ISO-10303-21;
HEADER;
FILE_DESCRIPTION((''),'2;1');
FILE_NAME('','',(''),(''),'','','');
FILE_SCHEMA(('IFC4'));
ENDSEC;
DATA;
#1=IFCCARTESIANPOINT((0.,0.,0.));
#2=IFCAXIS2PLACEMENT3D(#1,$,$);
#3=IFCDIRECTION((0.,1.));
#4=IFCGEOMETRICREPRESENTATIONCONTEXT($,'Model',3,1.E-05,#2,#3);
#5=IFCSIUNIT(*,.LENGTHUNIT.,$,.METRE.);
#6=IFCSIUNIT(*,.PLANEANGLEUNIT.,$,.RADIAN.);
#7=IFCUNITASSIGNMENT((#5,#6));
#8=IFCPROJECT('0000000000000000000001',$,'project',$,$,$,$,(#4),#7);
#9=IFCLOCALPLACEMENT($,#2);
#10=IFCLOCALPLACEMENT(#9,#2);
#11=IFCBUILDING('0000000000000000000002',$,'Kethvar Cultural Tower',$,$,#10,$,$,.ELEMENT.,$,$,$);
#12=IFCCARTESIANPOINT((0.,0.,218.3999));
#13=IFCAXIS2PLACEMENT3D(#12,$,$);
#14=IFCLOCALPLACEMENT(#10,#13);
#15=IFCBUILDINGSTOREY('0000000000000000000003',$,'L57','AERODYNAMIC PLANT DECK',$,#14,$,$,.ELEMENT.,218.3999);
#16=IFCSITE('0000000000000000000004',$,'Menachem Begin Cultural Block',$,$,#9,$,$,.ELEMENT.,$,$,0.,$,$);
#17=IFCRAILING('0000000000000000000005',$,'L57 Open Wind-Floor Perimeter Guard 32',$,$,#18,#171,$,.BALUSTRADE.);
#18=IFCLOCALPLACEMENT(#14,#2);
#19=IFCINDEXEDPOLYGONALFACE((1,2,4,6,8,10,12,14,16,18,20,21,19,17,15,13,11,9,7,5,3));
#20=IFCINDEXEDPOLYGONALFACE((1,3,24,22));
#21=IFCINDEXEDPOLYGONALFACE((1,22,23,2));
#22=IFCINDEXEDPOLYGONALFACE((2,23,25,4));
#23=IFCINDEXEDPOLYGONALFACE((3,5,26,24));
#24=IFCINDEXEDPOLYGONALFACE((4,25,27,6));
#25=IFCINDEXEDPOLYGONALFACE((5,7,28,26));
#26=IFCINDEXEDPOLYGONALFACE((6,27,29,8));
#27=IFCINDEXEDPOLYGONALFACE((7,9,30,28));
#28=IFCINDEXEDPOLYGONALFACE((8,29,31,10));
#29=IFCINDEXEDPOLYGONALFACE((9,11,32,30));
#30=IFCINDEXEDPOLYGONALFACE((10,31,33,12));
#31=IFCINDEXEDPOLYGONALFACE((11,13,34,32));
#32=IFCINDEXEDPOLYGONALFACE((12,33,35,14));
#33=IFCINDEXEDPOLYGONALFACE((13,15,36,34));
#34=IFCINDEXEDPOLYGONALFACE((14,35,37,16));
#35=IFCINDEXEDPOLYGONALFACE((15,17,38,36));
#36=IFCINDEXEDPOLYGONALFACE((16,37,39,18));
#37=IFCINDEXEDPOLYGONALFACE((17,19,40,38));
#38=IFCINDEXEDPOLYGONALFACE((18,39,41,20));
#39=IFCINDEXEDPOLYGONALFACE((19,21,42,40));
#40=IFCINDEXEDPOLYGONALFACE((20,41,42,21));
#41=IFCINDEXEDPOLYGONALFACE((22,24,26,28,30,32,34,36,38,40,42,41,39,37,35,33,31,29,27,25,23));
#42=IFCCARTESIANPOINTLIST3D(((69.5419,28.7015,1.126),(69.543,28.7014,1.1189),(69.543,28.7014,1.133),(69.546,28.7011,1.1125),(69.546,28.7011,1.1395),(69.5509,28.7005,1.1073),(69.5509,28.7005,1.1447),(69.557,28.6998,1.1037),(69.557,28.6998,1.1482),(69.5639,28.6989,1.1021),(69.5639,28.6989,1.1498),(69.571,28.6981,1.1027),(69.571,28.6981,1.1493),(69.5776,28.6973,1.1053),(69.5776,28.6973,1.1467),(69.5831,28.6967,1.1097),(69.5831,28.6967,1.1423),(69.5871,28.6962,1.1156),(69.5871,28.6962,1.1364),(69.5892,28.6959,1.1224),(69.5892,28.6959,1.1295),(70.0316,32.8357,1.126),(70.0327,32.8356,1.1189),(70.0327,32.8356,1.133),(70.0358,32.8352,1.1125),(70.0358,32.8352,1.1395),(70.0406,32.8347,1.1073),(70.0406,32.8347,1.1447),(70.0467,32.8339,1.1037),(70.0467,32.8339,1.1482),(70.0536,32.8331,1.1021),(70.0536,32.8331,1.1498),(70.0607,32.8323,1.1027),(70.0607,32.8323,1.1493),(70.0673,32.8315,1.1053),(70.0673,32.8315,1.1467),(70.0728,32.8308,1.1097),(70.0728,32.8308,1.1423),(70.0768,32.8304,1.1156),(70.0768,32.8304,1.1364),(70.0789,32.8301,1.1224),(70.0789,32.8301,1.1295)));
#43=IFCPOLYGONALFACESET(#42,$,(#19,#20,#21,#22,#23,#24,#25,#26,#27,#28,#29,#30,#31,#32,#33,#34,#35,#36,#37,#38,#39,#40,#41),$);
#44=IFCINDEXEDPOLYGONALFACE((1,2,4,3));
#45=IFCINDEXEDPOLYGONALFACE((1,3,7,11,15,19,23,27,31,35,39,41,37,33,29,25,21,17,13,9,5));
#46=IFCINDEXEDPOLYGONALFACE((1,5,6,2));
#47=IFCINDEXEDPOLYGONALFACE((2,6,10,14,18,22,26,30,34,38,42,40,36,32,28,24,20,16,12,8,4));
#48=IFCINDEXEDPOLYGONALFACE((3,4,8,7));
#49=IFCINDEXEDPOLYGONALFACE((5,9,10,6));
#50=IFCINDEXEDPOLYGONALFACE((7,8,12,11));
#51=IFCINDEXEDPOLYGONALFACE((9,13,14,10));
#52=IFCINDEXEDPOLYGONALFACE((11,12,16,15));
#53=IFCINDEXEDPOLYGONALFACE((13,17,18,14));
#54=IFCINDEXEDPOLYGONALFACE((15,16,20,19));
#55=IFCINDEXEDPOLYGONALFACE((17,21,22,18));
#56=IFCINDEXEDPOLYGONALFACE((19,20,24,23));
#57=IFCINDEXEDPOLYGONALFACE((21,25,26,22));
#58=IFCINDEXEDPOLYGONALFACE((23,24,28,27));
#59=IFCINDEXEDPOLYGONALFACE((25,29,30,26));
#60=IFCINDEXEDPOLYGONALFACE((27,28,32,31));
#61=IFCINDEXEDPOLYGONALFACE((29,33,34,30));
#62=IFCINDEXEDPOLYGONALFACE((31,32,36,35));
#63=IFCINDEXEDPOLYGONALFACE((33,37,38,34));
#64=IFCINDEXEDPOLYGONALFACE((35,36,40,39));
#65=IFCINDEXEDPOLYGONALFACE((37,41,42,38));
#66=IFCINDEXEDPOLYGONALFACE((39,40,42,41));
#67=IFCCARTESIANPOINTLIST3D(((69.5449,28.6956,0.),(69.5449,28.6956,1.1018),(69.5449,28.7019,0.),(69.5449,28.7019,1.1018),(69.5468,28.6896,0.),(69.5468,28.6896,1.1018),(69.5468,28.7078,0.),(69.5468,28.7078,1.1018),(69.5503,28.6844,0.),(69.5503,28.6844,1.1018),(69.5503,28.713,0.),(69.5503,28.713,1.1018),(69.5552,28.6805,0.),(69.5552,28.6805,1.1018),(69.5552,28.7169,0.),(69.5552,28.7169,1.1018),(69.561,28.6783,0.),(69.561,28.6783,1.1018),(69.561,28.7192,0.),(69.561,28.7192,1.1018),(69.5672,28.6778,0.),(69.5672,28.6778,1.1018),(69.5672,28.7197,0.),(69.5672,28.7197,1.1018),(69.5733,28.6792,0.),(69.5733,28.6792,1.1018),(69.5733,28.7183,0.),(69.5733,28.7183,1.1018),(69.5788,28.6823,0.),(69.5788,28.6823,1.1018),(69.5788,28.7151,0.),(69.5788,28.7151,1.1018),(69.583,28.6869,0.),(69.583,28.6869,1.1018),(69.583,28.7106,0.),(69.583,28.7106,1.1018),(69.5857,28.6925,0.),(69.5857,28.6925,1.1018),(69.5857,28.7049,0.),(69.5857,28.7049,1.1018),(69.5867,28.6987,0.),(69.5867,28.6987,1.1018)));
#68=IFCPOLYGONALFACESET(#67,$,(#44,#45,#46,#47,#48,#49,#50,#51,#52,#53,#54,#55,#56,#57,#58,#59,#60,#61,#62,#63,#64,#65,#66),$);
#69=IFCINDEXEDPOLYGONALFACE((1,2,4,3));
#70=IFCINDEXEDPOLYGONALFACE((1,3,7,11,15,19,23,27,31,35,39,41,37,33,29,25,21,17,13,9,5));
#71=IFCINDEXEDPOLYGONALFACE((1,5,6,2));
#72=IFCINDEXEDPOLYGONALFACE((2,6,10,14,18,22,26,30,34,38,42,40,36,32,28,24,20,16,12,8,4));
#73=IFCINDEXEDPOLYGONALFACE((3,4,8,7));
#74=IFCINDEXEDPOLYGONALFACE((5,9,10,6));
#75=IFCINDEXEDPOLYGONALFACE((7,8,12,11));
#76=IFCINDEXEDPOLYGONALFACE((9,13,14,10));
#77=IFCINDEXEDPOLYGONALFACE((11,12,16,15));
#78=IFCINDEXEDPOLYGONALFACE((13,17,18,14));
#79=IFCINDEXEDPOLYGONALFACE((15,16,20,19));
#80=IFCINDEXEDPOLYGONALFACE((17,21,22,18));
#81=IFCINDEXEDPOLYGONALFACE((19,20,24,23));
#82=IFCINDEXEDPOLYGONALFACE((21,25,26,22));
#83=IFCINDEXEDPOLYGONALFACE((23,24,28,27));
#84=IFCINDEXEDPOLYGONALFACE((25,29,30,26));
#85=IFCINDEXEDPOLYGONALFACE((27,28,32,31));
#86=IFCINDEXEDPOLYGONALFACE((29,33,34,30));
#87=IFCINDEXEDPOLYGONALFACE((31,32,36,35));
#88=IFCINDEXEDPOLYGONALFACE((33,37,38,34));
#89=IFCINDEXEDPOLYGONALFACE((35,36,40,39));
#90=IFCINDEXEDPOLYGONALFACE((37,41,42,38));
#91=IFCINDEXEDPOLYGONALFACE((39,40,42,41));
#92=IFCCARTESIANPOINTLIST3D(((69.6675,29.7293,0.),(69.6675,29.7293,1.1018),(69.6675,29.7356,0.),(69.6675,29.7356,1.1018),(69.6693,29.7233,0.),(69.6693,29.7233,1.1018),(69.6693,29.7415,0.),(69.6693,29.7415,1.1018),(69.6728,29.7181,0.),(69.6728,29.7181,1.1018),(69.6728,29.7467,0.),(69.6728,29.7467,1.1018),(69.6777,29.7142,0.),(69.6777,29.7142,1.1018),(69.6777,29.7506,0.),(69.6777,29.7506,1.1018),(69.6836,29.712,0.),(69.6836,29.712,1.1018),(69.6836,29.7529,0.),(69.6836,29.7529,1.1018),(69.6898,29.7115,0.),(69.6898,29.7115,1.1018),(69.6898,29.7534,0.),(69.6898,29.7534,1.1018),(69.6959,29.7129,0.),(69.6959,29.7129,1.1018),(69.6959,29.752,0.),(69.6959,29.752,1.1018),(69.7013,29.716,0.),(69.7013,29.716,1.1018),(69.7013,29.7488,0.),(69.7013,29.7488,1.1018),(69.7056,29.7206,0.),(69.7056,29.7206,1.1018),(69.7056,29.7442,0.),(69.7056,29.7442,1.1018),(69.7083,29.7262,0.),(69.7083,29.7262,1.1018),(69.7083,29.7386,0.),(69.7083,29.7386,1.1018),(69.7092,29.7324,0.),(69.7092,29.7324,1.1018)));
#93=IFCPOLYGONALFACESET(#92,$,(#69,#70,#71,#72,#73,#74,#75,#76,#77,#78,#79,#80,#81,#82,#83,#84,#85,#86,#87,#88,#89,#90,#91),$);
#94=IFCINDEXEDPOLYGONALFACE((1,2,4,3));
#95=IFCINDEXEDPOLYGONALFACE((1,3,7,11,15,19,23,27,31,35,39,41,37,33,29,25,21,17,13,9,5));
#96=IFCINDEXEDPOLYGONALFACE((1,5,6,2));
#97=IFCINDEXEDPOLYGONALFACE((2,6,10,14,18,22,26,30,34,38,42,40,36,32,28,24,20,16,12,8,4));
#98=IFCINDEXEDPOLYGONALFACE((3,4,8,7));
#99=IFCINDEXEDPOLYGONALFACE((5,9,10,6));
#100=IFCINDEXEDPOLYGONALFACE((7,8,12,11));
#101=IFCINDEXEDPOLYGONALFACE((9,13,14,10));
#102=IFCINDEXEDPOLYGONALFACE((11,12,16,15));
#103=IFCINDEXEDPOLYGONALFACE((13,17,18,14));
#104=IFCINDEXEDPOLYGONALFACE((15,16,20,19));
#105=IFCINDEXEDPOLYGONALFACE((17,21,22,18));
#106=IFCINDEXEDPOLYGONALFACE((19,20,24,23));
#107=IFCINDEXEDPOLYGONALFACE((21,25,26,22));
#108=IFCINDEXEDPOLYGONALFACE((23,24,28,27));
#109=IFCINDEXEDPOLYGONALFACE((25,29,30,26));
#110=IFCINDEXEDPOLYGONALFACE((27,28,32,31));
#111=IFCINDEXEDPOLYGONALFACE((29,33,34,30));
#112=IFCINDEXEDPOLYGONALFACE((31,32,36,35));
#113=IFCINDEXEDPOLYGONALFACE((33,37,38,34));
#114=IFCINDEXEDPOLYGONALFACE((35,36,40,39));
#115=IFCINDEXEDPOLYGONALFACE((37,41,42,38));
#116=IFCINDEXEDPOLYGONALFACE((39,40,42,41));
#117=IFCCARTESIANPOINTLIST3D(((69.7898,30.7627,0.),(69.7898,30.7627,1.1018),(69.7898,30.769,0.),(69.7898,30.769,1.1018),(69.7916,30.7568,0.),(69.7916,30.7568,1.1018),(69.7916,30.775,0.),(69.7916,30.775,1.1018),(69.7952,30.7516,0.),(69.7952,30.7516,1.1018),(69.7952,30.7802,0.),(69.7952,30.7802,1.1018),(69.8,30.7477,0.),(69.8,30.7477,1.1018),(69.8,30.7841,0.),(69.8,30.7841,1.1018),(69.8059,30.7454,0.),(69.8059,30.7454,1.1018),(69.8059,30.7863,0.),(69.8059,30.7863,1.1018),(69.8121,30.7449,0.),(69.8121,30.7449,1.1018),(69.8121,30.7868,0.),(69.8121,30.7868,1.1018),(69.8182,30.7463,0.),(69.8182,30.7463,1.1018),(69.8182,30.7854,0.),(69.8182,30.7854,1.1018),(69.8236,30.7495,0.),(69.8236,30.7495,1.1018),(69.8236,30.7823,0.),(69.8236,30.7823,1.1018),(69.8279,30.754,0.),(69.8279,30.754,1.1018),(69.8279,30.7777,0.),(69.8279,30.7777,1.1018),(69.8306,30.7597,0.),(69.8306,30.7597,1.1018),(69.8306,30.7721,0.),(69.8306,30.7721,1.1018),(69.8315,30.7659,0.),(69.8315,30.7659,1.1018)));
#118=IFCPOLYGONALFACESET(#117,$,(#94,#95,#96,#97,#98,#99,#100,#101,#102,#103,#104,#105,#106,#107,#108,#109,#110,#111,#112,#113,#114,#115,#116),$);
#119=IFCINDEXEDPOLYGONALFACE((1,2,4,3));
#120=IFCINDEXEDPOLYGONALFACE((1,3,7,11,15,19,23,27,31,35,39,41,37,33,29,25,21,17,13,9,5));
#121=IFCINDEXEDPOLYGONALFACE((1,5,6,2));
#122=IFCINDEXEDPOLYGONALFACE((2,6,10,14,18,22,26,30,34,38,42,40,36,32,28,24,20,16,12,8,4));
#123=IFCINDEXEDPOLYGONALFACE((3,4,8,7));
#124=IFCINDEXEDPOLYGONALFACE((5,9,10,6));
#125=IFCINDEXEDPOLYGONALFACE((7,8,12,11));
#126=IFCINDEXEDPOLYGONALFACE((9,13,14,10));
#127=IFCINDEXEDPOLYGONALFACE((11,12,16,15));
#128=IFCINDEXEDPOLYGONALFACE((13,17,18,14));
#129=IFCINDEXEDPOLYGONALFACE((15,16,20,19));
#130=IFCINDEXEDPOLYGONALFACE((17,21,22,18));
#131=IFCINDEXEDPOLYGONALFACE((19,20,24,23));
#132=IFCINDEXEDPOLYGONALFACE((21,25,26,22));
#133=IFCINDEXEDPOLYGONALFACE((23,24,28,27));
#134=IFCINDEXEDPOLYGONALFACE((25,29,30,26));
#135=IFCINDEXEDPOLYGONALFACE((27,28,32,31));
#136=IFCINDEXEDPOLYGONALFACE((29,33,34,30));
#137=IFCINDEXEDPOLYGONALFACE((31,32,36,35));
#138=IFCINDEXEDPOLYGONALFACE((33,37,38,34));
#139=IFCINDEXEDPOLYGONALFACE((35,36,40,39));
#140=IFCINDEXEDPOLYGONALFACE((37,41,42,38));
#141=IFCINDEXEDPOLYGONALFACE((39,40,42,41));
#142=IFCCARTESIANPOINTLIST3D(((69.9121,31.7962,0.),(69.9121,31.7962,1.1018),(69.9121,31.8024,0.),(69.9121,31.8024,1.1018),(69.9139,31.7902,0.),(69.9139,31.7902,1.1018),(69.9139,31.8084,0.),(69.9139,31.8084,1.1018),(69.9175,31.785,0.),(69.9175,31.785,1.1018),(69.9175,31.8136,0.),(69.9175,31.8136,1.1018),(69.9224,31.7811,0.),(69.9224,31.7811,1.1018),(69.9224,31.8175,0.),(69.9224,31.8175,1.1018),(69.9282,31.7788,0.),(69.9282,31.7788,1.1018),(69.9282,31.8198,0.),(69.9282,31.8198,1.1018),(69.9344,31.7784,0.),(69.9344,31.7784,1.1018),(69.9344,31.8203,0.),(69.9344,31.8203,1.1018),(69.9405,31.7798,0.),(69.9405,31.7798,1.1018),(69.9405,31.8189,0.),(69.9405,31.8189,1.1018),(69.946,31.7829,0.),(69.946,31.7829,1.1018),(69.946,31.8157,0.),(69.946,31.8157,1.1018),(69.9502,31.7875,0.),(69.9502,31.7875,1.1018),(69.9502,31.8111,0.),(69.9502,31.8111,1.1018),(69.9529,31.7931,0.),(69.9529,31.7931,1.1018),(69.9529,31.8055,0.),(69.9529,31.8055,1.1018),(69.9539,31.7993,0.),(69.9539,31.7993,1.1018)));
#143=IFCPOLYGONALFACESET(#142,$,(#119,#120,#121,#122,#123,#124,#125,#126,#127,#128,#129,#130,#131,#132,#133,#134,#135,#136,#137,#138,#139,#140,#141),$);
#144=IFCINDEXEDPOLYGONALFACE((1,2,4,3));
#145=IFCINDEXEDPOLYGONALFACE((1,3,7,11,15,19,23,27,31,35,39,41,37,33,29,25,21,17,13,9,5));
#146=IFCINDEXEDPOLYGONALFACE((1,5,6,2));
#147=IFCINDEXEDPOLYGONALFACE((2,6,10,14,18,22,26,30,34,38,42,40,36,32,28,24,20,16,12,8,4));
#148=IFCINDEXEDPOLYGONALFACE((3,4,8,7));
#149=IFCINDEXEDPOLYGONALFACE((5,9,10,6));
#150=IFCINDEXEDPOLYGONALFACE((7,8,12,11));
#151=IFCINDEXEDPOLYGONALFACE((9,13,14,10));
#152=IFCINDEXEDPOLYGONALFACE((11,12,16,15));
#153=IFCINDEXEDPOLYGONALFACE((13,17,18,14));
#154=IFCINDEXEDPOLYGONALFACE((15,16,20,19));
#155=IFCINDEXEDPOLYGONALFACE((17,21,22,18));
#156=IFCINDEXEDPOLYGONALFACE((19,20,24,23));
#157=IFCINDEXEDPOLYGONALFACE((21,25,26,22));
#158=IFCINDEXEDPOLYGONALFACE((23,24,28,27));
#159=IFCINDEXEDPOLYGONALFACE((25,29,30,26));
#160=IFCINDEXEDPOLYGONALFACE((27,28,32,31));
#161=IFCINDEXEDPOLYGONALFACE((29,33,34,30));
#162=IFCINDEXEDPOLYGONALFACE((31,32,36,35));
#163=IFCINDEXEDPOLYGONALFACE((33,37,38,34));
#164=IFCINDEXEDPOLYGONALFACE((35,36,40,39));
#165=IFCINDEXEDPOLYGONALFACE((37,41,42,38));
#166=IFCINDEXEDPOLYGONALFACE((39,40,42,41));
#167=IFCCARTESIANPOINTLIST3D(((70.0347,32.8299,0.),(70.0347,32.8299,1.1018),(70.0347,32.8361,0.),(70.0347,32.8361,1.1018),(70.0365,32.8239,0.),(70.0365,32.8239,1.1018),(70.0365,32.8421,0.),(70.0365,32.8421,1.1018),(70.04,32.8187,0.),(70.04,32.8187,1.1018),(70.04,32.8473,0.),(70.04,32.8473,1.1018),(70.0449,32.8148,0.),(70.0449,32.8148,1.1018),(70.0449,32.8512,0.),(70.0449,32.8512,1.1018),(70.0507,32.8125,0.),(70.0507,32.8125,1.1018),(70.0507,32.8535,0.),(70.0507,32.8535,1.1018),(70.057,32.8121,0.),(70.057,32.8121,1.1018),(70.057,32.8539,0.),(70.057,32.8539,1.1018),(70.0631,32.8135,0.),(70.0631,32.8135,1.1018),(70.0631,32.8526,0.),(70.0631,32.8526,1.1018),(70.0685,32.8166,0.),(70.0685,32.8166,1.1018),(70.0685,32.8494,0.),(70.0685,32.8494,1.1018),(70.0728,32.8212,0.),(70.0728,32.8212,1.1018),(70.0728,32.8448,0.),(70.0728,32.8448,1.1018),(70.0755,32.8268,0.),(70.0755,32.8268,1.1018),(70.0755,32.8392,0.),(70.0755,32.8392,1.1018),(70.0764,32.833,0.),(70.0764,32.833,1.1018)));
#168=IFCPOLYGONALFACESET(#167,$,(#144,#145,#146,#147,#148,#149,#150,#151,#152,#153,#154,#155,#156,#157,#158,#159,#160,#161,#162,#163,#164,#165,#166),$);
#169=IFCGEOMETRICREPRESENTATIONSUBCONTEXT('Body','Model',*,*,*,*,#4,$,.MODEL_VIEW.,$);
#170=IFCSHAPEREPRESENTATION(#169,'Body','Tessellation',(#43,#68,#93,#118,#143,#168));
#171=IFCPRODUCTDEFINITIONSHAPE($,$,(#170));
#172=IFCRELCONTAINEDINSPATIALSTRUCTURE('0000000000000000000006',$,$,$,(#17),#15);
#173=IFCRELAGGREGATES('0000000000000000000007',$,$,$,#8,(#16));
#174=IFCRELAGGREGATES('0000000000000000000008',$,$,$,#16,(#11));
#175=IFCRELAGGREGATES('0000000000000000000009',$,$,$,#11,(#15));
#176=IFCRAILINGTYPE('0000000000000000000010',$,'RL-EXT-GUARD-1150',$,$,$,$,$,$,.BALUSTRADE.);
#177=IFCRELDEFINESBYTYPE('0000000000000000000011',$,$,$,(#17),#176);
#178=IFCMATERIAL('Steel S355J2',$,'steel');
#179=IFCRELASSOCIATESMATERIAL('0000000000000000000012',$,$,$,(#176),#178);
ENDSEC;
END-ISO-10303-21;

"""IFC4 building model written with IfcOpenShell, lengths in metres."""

from ifc_helpers import new_model, si_unit, direction, frame, origin, origin_2d, place, context, subcontext, project, spatial, circle, extrude, material, type_object, element, save


model = new_model("IFC4")

# Units and contexts
model_context = context("Model", 3, precision=1e-05, world=origin(), true_north=direction((0.0, 1.0)))
body_context = subcontext(model_context, "Body", "Model", "MODEL_VIEW")
ifc_project = project(units=[si_unit("LENGTHUNIT", "METRE"), si_unit("PLANEANGLEUNIT", "RADIAN")], contexts=[model_context])

# Site, building, storey
site_placement = place(None, origin())
site = spatial("IfcSite", under=ifc_project, at=site_placement, Name="Menachem Begin Cultural Block", CompositionType="ELEMENT", RefElevation=0.0)
building_placement = place(site_placement, origin())
building = spatial("IfcBuilding", under=site, at=building_placement, Name="Kethvar Cultural Tower", CompositionType="ELEMENT")
storey_placement = place(building_placement, frame((0.0, 0.0, 218.3999)))
storey = spatial("IfcBuildingStorey", under=building, at=storey_placement, Name="L57", Description="AERODYNAMIC PLANT DECK", CompositionType="ELEMENT", Elevation=218.3999)

# Shared definitions
ifc_material_1 = material(Name="Steel S355J2", Category="steel")

# Railing
railing_type_1 = type_object("IfcRailingType", Name="RL-EXT-GUARD-1150", PredefinedType="BALUSTRADE", material=ifc_material_1)
railing_1_placement = place(storey_placement, frame((69.5657, 28.6987, 0.0)))
element("IfcRailing", 1, at=railing_1_placement, inside=storey, type_object=railing_type_1, Name="L57 Open Wind-Floor Perimeter Guard 32", PredefinedType="BALUSTRADE", context=body_context, shape_type="SweptSolid", body=[
    extrude(circle(Radius=0.0239, at=origin_2d()), frame((0.0, 0.0, 1.126), z_axis=(0.117637, 0.993057, 0.0), x_axis=(-0.993057, 0.117637, 0.0)), (0.0, 0.0, 1.0), 4.1631),
    extrude(circle(Radius=0.021, at=origin_2d()), origin(), (0.0, 0.0, 1.0), 1.1018),
    extrude(circle(Radius=0.021, at=origin_2d()), frame((0.1226, 1.0337, 0.0)), (0.0, 0.0, 1.0), 1.1018),
    extrude(circle(Radius=0.021, at=origin_2d()), frame((0.2449, 2.0671, 0.0)), (0.0, 0.0, 1.0), 1.1018),
    extrude(circle(Radius=0.021, at=origin_2d()), frame((0.3672, 3.1006, 0.0)), (0.0, 0.0, 1.0), 1.1018),
    extrude(circle(Radius=0.021, at=origin_2d()), frame((0.4897, 4.1343, 0.0)), (0.0, 0.0, 1.0), 1.1018),
])

save(model, "model.ifc")
